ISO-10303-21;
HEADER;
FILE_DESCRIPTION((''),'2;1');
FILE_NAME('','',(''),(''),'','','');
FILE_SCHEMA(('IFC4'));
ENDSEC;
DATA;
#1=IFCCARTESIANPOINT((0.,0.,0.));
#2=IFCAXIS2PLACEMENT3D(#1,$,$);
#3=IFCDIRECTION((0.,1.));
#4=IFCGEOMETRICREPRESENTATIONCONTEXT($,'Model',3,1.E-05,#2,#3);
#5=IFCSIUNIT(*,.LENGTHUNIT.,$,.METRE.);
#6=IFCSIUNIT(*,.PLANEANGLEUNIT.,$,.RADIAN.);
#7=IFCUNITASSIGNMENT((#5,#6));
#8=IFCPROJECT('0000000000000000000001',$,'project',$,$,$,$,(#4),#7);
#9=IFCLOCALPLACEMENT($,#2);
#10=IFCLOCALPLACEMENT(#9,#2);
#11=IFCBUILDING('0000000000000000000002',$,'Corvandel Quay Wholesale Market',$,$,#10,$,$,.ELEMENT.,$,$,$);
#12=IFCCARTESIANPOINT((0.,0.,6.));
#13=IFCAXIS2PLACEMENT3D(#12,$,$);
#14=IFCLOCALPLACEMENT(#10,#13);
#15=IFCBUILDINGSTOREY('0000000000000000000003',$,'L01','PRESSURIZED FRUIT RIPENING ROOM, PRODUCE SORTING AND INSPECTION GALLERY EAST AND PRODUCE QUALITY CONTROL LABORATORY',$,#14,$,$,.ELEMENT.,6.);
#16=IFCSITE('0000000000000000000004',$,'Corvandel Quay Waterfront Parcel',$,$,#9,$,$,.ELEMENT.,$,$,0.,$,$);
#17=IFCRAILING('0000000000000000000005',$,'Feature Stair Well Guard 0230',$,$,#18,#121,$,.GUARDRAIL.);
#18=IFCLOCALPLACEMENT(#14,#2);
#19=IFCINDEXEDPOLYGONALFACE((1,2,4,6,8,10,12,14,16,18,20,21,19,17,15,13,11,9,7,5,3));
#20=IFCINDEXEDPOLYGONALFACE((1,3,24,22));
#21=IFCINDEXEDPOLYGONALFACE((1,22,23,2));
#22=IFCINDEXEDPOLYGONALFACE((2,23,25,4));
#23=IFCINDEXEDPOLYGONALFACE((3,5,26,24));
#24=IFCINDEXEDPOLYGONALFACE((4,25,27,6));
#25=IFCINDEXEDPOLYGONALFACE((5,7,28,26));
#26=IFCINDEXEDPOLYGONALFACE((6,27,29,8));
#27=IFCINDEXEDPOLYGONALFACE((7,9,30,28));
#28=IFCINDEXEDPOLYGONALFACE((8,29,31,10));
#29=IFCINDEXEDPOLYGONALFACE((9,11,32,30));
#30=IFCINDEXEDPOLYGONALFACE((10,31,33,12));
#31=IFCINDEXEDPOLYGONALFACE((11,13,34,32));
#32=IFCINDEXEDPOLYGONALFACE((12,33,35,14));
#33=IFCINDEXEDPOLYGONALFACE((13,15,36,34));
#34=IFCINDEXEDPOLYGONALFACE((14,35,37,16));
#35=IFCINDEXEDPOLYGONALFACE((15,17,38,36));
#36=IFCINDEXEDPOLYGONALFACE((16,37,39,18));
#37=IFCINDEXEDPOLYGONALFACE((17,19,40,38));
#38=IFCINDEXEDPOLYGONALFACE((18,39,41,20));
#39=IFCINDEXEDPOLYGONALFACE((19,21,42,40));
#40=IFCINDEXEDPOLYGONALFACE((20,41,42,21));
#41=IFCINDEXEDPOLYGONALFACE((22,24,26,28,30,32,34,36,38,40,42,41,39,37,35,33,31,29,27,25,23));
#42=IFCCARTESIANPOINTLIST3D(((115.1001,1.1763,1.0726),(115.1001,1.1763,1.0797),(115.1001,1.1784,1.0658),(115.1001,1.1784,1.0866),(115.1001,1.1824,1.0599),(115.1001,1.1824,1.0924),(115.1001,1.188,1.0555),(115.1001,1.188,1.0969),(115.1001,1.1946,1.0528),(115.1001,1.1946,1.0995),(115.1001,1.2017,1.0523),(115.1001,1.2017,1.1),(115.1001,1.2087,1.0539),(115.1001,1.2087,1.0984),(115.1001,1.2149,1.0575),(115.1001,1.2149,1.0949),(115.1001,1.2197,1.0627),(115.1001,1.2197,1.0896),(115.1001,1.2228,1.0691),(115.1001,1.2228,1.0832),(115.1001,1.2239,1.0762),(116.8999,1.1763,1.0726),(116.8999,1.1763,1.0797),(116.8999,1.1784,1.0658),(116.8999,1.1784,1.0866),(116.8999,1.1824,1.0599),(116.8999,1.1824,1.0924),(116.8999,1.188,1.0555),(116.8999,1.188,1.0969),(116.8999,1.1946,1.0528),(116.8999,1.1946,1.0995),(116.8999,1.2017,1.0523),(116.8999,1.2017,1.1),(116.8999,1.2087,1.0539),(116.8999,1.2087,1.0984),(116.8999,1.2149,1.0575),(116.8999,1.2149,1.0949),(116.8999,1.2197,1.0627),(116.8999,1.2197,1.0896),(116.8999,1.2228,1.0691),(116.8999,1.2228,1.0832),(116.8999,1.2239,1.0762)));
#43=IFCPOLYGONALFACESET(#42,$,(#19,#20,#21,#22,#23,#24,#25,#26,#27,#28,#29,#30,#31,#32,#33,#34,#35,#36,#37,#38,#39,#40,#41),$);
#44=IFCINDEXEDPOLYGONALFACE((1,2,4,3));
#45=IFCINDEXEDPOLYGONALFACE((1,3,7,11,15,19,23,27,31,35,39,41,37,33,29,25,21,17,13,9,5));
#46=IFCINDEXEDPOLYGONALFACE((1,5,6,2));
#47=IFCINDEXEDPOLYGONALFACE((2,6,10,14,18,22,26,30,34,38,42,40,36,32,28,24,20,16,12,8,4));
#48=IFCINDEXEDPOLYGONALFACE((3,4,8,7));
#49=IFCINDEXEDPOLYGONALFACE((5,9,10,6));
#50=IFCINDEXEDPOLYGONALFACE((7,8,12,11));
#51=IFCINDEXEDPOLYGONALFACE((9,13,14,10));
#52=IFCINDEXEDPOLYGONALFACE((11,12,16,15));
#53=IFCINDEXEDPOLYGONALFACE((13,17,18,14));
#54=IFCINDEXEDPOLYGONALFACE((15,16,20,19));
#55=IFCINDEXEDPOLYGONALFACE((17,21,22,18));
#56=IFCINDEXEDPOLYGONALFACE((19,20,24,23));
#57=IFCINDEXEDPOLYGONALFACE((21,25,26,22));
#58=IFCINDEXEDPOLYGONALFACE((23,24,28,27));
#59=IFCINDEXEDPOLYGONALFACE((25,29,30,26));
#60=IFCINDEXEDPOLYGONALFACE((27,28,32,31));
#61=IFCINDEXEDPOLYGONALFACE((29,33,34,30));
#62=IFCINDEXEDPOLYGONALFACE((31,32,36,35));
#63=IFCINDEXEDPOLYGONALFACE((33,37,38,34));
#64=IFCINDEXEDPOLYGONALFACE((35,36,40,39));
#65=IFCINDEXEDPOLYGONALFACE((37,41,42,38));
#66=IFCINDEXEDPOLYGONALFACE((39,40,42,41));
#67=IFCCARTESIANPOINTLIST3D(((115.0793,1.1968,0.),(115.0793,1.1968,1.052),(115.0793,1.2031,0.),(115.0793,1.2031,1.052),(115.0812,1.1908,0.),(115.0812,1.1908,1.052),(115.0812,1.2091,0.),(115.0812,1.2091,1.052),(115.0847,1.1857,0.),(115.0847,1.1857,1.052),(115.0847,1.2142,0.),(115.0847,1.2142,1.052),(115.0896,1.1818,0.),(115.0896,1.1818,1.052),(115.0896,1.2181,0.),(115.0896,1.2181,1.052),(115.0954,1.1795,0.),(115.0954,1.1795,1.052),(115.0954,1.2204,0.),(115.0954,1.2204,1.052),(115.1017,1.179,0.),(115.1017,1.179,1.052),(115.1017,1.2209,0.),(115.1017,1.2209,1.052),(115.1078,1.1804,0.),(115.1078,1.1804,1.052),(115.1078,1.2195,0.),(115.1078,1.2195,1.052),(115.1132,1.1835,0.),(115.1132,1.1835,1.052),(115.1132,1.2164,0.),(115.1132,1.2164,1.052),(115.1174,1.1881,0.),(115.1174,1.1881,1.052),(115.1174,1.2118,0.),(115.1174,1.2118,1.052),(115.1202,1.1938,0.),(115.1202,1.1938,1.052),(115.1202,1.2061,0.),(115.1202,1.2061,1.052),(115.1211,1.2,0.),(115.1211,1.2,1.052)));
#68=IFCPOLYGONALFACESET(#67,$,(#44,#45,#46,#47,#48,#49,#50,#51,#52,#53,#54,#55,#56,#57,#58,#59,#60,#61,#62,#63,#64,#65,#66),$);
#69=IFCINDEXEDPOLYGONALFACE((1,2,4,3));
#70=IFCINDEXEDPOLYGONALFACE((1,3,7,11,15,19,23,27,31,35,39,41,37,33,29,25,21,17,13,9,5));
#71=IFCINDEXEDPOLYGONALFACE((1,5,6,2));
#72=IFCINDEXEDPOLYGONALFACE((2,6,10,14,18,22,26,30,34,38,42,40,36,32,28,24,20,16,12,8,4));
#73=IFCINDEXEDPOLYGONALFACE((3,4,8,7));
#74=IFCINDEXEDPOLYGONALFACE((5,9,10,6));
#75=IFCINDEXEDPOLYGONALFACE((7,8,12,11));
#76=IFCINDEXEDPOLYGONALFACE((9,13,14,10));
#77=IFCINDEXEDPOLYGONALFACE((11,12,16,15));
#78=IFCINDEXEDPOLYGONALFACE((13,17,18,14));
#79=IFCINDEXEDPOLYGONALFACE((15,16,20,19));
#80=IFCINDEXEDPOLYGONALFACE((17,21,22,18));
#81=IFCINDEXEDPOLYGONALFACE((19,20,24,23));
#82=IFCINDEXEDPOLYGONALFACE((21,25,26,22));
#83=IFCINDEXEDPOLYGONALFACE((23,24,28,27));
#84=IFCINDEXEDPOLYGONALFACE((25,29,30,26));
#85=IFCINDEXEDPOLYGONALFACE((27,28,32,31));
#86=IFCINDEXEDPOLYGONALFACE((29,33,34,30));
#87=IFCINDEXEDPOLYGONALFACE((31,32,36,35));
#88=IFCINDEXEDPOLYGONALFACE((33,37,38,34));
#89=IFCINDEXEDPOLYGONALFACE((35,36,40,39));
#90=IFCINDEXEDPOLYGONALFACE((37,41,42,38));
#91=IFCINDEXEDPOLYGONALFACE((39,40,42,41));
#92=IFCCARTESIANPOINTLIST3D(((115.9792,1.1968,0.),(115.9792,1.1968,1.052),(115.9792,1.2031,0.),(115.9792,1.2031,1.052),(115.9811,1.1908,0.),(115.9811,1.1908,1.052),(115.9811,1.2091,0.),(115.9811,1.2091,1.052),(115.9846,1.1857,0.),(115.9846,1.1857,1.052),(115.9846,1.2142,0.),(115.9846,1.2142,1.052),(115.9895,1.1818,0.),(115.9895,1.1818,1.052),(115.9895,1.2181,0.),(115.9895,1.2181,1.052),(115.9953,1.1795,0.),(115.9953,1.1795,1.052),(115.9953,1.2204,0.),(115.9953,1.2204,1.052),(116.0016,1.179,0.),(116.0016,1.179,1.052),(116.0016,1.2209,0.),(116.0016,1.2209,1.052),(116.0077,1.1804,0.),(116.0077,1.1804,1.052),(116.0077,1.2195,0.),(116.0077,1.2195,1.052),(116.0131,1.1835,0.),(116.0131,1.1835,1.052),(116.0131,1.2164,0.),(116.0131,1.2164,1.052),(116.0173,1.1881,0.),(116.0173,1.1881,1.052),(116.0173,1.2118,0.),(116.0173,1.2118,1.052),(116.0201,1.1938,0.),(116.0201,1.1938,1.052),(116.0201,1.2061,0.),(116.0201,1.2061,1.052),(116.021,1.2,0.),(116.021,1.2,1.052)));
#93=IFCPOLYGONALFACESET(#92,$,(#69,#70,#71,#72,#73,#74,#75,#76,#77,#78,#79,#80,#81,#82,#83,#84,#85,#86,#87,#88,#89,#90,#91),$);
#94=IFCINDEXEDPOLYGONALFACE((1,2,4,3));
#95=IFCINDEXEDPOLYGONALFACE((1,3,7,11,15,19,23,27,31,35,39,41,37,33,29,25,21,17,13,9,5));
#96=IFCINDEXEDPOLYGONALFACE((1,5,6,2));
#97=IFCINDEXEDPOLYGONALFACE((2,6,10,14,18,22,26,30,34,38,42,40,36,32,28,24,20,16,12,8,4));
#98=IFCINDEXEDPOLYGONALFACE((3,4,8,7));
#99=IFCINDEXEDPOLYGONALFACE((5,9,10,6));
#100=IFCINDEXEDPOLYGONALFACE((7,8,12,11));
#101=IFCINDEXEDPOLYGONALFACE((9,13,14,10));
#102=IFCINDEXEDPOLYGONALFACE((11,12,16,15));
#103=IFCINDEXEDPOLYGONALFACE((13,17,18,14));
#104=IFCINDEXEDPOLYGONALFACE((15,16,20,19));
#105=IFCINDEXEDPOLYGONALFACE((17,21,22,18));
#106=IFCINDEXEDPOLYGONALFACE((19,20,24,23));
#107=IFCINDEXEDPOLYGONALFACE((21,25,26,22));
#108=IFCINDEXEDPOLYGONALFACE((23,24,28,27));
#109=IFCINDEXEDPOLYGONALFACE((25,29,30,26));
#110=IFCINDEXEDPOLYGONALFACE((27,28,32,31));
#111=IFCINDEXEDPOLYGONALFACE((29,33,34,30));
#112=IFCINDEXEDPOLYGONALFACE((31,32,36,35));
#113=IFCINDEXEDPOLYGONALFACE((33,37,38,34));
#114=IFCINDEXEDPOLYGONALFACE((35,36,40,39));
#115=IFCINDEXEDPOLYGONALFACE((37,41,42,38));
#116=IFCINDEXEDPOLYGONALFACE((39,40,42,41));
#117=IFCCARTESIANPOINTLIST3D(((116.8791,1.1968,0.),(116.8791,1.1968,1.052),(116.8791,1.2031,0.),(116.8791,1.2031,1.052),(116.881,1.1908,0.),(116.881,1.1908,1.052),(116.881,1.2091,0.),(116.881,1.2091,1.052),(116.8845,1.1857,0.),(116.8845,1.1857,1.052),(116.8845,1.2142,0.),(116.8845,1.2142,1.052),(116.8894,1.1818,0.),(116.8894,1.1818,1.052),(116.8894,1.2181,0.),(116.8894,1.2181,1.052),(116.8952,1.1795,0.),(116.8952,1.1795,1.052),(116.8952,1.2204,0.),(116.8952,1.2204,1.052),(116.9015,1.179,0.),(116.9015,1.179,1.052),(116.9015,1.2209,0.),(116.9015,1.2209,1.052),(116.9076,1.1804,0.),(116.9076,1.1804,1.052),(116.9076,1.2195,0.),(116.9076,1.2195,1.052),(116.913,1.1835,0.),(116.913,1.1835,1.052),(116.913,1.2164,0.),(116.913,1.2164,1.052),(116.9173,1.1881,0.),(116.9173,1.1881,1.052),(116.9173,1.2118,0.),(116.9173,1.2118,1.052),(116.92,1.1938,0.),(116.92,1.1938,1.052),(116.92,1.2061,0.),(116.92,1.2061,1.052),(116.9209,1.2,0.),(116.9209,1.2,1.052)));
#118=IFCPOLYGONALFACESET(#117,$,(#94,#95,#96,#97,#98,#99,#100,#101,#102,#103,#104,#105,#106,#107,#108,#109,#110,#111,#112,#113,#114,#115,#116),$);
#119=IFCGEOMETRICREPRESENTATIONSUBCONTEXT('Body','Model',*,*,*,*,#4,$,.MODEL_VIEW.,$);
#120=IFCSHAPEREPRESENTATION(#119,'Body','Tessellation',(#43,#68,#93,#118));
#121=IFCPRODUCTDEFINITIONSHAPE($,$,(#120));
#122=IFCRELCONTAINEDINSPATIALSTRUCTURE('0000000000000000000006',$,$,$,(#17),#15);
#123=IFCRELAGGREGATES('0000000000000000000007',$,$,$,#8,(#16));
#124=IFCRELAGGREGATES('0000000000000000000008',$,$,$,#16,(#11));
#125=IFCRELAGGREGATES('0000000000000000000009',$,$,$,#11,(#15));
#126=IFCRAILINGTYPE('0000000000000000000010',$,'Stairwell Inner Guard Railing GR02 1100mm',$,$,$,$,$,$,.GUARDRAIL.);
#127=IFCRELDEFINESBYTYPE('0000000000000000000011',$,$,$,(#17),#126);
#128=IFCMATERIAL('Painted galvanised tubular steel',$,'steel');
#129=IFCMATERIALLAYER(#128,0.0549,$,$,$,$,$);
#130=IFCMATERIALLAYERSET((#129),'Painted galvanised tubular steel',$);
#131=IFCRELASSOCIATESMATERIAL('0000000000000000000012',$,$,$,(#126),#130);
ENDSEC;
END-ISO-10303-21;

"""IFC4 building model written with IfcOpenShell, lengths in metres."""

from ifc_helpers import new_model, si_unit, direction, frame, origin, origin_2d, place, context, subcontext, project, spatial, circle, extrude, material, layer, layer_set, type_object, element, save


model = new_model("IFC4")

# Units and contexts
model_context = context("Model", 3, precision=1e-05, world=origin(), true_north=direction((0.0, 1.0)))
body_context = subcontext(model_context, "Body", "Model", "MODEL_VIEW")
ifc_project = project(units=[si_unit("LENGTHUNIT", "METRE"), si_unit("PLANEANGLEUNIT", "RADIAN")], contexts=[model_context])

# Site, building, storey
site_placement = place(None, origin())
site = spatial("IfcSite", under=ifc_project, at=site_placement, Name="Corvandel Quay Waterfront Parcel", CompositionType="ELEMENT", RefElevation=0.0)
building_placement = place(site_placement, origin())
building = spatial("IfcBuilding", under=site, at=building_placement, Name="Corvandel Quay Wholesale Market", CompositionType="ELEMENT")
storey_placement = place(building_placement, frame((0.0, 0.0, 6.0)))
storey = spatial("IfcBuildingStorey", under=building, at=storey_placement, Name="L01", Description="PRESSURIZED FRUIT RIPENING ROOM, PRODUCE SORTING AND INSPECTION GALLERY EAST AND PRODUCE QUALITY CONTROL LABORATORY", CompositionType="ELEMENT", Elevation=6.0)

# Railing
ifc_material_1 = material(Name="Painted galvanised tubular steel", Category="steel")
ifc_layer_1 = layer(ifc_material_1, 0.0549)
ifc_layer_set_1 = layer_set([ifc_layer_1], Name="Painted galvanised tubular steel")
railing_type = type_object("IfcRailingType", Name="Stairwell Inner Guard Railing GR02 1100mm", PredefinedType="GUARDRAIL", material=ifc_layer_set_1)
railing_placement = place(storey_placement, frame((115.1001, 1.2, 0.0)))
element("IfcRailing", 1, at=railing_placement, inside=storey, type_object=railing_type, Name="Feature Stair Well Guard 0230", PredefinedType="GUARDRAIL", context=body_context, shape_type="SweptSolid", body=[
    extrude(circle(Radius=0.0239, at=origin_2d()), frame((0.0, 0.0, 1.0762), z_axis=(1.0, 0.0, 0.0), x_axis=(0.0, 1.0, 0.0)), (0.0, 0.0, 1.0), 1.7998),
    extrude(circle(Radius=0.021, at=origin_2d()), origin(), (0.0, 0.0, 1.0), 1.052),
    extrude(circle(Radius=0.021, at=origin_2d()), frame((0.8999, 0.0, 0.0)), (0.0, 0.0, 1.0), 1.052),
    extrude(circle(Radius=0.021, at=origin_2d()), frame((1.7998, 0.0, 0.0)), (0.0, 0.0, 1.0), 1.052),
])

save(model, "model.ifc")
